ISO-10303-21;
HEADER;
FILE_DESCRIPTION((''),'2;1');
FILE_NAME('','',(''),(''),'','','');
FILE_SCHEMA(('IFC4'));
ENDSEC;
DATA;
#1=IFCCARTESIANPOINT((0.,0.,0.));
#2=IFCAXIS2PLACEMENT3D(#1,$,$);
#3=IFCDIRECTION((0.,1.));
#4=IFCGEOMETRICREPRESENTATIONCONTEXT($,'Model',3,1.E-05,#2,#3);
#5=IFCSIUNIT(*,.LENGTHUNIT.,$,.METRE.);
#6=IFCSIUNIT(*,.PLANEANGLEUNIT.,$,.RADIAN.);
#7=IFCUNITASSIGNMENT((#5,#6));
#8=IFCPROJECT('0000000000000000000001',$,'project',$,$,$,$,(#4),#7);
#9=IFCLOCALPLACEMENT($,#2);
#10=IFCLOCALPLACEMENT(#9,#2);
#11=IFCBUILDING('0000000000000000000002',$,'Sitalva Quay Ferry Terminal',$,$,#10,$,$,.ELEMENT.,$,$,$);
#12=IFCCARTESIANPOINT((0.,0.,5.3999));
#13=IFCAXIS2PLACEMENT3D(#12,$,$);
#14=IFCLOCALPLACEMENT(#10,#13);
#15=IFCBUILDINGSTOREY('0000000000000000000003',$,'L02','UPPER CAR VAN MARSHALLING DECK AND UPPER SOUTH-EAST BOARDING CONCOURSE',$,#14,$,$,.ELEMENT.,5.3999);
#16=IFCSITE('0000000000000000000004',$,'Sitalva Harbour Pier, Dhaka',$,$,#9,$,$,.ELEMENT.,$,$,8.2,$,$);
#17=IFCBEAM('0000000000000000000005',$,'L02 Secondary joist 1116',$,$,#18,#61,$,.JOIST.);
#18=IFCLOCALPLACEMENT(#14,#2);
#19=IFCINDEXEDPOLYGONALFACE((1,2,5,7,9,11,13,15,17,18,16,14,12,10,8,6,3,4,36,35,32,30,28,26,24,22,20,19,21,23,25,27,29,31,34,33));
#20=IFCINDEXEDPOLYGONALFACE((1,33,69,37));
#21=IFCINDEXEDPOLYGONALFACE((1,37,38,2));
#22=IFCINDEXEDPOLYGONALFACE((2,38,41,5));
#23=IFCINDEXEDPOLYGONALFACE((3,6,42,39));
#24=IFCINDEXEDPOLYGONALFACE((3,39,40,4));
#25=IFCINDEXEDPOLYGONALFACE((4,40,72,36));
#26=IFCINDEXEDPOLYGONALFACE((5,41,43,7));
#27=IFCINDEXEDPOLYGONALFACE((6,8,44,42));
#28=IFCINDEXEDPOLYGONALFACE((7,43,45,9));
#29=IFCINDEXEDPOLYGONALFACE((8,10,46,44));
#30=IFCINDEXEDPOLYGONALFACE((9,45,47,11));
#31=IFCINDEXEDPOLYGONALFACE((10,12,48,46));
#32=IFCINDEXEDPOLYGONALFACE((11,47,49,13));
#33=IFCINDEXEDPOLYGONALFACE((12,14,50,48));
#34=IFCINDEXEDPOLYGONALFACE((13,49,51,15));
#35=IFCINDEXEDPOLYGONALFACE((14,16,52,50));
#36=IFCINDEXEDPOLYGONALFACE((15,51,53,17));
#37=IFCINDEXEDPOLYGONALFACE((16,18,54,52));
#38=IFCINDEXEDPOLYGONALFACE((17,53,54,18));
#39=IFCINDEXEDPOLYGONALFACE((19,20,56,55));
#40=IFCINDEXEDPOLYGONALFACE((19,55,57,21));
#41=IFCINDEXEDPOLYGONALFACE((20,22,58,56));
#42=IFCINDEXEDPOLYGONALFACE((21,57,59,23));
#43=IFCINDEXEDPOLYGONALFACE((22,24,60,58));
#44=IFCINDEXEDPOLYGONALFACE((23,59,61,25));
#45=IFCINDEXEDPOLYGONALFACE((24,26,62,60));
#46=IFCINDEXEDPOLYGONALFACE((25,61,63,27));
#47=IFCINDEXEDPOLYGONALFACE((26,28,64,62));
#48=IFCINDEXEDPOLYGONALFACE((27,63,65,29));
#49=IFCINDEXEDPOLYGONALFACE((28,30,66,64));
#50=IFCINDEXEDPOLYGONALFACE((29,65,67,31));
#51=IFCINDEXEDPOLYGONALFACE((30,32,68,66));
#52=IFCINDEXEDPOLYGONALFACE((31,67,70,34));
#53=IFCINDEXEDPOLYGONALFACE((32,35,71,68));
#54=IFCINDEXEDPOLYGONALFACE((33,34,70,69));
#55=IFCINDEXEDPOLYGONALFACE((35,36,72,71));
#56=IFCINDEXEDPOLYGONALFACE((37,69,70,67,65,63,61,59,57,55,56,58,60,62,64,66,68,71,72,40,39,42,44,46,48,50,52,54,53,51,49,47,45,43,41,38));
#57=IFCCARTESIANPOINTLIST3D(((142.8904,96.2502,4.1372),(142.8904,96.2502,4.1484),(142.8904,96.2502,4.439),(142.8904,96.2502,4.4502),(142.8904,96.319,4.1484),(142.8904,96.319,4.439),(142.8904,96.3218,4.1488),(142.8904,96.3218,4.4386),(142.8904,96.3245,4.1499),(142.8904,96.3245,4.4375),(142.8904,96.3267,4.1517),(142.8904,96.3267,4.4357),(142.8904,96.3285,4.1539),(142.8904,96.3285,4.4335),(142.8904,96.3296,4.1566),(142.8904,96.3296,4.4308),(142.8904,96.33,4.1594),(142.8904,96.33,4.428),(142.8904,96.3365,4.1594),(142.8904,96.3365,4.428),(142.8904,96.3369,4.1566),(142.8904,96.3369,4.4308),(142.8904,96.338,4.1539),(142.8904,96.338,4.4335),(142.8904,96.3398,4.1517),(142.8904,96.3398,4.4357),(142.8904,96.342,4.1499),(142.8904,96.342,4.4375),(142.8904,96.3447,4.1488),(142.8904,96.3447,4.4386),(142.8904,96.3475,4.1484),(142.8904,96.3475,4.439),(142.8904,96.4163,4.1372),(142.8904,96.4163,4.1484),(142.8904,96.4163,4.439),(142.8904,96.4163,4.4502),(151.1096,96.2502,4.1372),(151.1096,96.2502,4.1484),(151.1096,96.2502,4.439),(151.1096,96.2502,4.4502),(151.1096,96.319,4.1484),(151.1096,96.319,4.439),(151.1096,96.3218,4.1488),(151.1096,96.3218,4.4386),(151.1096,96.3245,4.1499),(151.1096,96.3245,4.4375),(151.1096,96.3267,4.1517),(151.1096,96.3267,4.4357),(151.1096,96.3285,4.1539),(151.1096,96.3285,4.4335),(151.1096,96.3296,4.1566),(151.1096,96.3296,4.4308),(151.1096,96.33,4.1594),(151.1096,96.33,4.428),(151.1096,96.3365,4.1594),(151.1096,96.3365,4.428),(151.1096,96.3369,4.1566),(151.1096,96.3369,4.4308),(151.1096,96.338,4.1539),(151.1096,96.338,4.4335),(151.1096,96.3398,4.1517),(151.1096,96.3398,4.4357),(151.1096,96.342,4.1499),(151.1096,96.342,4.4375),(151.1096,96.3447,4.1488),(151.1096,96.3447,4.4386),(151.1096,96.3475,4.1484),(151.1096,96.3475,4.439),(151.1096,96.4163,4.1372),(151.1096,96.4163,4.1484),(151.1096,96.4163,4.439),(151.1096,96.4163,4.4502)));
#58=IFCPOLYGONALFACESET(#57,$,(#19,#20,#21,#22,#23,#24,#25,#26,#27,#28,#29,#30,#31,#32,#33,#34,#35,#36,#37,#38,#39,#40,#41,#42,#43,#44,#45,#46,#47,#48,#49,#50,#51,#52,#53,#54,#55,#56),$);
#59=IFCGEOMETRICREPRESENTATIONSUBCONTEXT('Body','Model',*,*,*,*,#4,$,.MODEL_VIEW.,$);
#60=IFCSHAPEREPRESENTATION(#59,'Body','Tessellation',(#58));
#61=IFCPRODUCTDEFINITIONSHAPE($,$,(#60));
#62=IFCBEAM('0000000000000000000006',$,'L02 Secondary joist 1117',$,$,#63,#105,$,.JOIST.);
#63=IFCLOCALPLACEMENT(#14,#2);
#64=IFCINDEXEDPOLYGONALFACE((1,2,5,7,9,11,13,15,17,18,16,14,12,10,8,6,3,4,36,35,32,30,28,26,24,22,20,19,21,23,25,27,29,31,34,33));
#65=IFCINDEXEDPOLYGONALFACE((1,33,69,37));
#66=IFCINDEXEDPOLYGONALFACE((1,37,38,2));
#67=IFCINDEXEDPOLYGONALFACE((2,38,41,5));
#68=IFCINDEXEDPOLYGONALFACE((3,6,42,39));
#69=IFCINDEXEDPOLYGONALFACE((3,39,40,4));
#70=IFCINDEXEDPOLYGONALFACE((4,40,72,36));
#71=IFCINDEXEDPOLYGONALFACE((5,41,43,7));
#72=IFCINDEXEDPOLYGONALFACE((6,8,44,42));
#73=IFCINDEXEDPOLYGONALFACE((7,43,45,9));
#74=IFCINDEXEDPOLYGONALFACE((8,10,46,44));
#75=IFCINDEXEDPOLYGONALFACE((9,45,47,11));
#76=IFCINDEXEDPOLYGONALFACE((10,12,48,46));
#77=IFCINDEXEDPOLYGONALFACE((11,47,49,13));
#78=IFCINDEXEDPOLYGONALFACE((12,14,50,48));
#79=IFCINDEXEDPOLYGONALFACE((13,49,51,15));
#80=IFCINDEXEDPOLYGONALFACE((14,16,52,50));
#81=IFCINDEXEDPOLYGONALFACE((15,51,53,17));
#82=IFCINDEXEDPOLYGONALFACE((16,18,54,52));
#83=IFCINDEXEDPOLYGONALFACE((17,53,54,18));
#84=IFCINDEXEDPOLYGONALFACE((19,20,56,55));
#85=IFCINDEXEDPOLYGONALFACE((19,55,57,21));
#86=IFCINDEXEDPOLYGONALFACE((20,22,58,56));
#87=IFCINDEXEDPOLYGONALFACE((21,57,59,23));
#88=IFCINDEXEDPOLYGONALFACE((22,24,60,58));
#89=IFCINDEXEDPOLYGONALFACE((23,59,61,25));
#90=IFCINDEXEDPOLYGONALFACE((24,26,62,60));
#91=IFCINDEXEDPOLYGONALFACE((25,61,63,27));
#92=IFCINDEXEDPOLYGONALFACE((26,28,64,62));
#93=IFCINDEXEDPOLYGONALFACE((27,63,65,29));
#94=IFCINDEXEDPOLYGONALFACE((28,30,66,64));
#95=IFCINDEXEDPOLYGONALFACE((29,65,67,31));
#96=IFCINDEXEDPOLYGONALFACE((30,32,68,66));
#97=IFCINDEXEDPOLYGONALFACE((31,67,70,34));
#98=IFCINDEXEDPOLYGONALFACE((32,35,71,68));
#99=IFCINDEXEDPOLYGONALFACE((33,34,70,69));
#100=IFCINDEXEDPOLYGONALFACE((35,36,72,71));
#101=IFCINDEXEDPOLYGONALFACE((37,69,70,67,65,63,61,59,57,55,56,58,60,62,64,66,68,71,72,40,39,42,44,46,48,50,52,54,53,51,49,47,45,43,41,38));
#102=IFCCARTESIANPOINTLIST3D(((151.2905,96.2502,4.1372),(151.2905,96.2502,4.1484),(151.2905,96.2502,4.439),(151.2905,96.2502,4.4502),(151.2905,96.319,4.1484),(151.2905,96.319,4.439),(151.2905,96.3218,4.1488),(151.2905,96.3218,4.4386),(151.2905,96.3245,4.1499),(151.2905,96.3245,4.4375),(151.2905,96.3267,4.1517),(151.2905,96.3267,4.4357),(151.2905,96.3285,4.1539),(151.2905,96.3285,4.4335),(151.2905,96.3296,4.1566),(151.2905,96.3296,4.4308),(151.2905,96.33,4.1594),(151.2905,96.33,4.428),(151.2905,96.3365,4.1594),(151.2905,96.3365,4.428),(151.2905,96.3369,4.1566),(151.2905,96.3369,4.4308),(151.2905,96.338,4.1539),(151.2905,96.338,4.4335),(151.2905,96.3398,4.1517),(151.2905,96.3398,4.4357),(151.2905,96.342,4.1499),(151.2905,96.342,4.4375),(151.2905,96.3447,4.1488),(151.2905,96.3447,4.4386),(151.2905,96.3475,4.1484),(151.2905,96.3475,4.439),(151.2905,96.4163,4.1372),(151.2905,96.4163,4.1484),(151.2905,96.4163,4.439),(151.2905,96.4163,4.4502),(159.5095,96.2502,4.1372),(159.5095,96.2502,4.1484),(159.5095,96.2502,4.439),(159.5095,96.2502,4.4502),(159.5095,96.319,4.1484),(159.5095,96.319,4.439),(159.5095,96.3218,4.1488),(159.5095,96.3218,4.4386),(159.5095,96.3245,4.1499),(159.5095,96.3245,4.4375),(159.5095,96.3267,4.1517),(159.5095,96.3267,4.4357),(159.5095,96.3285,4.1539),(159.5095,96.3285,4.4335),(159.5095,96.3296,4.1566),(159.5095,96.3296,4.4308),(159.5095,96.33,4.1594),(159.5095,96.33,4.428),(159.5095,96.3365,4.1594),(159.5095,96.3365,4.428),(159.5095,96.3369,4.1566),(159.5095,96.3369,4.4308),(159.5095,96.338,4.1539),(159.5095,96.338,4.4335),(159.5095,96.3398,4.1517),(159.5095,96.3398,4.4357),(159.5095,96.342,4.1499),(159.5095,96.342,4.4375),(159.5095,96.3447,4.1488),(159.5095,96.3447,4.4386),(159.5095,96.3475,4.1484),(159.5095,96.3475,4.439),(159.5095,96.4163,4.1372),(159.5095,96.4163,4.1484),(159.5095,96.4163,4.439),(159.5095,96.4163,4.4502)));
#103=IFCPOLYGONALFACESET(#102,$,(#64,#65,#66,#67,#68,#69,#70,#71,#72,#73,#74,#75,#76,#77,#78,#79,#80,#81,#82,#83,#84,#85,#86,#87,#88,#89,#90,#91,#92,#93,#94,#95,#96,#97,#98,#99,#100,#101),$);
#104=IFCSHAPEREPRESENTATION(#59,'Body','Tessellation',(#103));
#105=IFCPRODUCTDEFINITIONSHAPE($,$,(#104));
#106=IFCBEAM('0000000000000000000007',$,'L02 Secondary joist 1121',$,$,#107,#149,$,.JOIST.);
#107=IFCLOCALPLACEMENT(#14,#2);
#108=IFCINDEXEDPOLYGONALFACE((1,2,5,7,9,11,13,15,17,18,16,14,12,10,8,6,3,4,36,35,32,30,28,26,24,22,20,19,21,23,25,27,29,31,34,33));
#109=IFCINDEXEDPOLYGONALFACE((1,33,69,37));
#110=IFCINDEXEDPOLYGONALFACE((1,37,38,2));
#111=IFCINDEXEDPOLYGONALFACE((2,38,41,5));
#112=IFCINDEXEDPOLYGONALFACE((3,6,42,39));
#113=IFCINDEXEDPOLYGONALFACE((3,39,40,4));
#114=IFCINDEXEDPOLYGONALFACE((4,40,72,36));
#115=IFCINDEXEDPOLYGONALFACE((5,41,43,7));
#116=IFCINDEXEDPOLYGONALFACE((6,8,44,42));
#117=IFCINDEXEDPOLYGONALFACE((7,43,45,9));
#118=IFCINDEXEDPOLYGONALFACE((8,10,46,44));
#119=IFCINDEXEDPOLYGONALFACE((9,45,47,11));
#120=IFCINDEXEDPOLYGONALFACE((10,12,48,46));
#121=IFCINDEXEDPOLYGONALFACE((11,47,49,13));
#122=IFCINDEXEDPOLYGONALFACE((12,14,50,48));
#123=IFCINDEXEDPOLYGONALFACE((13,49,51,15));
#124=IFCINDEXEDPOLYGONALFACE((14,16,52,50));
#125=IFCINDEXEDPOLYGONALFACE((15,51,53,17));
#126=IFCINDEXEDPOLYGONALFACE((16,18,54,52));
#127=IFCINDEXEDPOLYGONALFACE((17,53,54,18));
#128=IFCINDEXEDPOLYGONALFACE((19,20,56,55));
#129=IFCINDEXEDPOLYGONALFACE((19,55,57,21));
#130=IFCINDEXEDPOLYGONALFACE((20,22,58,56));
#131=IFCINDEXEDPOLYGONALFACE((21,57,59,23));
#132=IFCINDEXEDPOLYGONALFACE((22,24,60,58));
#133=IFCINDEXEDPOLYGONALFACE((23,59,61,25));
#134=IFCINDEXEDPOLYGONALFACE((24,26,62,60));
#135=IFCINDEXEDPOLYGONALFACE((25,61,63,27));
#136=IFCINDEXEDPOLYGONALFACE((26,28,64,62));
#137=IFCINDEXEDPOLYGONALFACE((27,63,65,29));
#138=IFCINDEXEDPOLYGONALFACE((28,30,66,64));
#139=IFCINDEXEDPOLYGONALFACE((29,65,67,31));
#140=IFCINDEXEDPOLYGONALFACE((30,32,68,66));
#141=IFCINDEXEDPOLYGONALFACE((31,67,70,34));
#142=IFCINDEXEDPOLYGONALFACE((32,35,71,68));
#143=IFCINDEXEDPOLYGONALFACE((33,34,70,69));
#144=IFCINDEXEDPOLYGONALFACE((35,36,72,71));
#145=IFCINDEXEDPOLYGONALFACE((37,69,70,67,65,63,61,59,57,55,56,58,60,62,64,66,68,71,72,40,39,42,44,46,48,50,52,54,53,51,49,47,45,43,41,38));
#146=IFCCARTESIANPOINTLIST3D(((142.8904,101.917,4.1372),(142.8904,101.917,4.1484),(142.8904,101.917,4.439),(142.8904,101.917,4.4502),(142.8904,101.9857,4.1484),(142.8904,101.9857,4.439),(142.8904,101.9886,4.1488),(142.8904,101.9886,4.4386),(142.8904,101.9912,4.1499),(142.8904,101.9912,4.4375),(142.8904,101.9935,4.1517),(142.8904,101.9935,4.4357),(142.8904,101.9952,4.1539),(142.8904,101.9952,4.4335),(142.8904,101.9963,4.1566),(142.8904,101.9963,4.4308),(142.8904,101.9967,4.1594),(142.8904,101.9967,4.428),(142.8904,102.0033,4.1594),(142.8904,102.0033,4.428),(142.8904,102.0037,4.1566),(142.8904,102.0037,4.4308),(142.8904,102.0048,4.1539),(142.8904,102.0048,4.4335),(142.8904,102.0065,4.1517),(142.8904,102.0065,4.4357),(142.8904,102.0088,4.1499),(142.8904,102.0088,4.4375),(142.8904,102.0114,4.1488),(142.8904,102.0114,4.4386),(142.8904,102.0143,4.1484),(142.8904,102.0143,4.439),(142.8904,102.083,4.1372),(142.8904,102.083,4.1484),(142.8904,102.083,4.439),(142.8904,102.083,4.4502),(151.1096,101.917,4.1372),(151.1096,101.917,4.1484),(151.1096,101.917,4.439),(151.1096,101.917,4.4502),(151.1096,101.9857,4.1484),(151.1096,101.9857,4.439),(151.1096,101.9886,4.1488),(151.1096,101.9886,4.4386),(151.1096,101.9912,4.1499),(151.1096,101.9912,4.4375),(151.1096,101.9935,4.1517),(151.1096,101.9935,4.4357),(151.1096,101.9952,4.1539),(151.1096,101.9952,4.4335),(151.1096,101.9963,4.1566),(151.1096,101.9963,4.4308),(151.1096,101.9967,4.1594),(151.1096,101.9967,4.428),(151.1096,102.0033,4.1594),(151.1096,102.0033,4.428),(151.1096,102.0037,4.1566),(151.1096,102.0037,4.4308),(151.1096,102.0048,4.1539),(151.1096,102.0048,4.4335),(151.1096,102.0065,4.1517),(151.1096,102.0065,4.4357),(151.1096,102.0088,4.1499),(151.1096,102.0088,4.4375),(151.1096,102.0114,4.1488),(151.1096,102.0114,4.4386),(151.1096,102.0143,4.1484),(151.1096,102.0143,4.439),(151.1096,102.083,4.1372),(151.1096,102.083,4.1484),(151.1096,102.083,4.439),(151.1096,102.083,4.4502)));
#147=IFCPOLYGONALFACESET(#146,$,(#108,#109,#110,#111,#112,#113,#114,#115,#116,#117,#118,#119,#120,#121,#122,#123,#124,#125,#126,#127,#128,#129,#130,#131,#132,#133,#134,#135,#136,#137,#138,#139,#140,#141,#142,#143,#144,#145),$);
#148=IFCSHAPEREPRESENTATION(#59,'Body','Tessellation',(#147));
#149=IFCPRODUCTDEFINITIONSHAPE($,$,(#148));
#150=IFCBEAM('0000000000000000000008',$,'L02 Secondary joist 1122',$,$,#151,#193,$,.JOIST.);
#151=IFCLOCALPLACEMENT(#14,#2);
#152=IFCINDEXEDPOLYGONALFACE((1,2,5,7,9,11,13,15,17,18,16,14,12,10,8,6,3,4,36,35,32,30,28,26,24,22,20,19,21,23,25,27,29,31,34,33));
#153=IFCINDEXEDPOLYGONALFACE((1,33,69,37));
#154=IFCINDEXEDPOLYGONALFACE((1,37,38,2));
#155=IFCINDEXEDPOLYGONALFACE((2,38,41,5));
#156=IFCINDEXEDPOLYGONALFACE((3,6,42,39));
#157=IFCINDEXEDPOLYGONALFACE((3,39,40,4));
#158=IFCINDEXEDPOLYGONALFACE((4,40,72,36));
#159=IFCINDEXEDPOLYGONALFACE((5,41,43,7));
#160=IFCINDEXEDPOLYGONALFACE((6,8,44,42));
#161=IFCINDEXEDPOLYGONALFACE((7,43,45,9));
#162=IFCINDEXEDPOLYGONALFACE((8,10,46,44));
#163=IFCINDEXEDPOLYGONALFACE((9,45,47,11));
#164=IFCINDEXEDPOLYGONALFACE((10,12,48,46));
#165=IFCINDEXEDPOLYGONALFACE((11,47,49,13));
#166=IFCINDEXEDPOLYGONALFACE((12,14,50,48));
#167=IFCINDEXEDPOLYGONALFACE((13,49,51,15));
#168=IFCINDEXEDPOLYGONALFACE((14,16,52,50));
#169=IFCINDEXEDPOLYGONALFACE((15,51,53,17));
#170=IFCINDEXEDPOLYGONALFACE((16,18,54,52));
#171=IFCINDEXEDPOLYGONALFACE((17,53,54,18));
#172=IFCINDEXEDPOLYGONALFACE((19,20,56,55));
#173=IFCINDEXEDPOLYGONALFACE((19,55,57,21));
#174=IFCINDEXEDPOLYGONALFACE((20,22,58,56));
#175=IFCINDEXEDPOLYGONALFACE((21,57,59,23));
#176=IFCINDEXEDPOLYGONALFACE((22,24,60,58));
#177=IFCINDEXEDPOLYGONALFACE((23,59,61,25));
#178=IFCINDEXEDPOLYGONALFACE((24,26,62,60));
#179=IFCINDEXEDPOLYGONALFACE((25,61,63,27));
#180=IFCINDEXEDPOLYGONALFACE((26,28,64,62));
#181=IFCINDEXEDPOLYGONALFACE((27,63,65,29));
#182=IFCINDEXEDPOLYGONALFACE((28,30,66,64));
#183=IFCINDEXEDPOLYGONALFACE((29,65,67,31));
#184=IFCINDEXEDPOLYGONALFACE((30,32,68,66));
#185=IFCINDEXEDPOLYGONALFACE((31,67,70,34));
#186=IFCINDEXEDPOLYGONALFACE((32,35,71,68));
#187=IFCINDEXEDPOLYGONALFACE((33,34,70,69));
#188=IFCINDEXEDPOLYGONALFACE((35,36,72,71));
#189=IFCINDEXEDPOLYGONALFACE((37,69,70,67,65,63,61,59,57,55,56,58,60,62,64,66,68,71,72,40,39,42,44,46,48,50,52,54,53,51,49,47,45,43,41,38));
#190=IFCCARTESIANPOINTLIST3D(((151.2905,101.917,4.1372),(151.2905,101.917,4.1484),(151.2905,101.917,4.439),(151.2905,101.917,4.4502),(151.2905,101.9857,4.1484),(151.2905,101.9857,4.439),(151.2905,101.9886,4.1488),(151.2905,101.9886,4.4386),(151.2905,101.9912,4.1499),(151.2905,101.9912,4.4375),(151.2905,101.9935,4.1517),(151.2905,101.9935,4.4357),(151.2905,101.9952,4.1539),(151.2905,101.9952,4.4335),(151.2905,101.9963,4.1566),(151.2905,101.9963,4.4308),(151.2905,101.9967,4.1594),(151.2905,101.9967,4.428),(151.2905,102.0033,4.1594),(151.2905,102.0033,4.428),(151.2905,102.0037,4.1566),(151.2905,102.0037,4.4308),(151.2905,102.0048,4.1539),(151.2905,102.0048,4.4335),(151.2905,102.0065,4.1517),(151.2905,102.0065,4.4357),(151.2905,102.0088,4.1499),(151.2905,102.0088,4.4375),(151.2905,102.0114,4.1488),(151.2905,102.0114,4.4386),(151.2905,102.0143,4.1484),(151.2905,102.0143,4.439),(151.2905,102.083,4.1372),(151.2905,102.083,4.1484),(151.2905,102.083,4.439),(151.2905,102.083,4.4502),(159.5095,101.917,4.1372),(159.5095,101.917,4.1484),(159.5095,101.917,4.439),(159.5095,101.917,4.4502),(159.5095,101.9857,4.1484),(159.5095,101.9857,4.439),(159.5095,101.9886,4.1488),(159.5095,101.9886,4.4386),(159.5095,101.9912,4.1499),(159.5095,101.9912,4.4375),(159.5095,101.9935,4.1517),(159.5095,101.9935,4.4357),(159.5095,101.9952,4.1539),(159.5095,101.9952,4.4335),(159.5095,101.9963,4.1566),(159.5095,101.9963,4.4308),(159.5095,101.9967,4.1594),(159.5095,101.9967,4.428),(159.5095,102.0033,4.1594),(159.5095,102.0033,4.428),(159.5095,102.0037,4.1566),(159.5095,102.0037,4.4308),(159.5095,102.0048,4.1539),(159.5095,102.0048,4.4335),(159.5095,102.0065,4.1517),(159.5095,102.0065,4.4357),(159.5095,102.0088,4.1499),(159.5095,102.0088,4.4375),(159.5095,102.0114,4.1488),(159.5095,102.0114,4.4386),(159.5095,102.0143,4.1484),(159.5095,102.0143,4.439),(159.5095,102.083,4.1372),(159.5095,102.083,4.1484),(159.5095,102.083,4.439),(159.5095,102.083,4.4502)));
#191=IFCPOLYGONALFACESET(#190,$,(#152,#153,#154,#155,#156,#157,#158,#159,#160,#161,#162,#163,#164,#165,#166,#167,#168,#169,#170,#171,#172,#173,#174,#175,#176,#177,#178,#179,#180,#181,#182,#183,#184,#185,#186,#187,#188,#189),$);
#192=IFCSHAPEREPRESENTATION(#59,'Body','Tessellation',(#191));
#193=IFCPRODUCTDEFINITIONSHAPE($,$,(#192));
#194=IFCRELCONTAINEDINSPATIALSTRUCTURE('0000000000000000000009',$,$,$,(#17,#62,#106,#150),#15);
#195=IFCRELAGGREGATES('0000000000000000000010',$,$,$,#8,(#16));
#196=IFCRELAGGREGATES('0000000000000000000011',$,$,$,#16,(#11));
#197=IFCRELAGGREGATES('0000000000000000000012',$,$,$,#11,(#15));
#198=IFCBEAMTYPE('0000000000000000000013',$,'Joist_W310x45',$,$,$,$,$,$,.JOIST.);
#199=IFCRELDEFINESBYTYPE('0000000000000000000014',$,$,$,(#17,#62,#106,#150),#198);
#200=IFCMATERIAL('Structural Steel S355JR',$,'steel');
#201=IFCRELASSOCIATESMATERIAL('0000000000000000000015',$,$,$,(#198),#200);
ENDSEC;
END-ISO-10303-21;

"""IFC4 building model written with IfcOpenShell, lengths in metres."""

from ifc_helpers import new_model, si_unit, direction, frame, origin, origin_2d, place, context, subcontext, project, spatial, i_section, extrude, material, material_profile, profile_set, type_object, element, save


model = new_model("IFC4")

# Units and contexts
model_context = context("Model", 3, precision=1e-05, world=origin(), true_north=direction((0.0, 1.0)))
body_context = subcontext(model_context, "Body", "Model", "MODEL_VIEW")
ifc_project = project(units=[si_unit("LENGTHUNIT", "METRE"), si_unit("PLANEANGLEUNIT", "RADIAN")], contexts=[model_context])

# Site, building, storey
site_placement = place(None, origin())
site = spatial("IfcSite", under=ifc_project, at=site_placement, Name="Sitalva Harbour Pier, Dhaka", CompositionType="ELEMENT", RefElevation=8.2)
building_placement = place(site_placement, origin())
building = spatial("IfcBuilding", under=site, at=building_placement, Name="Sitalva Quay Ferry Terminal", CompositionType="ELEMENT")
storey_placement = place(building_placement, frame((0.0, 0.0, 5.3999)))
storey = spatial("IfcBuildingStorey", under=building, at=storey_placement, Name="L02", Description="UPPER CAR VAN MARSHALLING DECK AND UPPER SOUTH-EAST BOARDING CONCOURSE", CompositionType="ELEMENT", Elevation=5.3999)

# Beams
ifc_material_1 = material(Name="Structural Steel S355JR", Category="steel")
ifc_material_profile_1 = material_profile(ifc_material_1, i_section(OverallWidth=0.166, OverallDepth=0.313, WebThickness=0.0066, FlangeThickness=0.0112, FilletRadius=0.011, at=origin_2d()), Name="W310x45")
ifc_profile_set_1 = profile_set([ifc_material_profile_1], Name="Structural Steel S355JR")
beam_type_1 = type_object("IfcBeamType", Name="Joist_W310x45", PredefinedType="JOIST", material=ifc_profile_set_1)
beam_1_placement = place(storey_placement, frame((142.8904, 96.3333, 4.2937), z_axis=(1.0, 0.0, 0.0), x_axis=(0.0, 1.0, 0.0)))
element("IfcBeam", 1, at=beam_1_placement, inside=storey, type_object=beam_type_1, Name="L02 Secondary joist 1116", PredefinedType="JOIST", context=body_context, shape_type="SweptSolid", body=[
    extrude(i_section(OverallWidth=0.166, OverallDepth=0.313, WebThickness=0.0066, FlangeThickness=0.0112, FilletRadius=0.011, at=origin_2d()), origin(), (0.0, 0.0, 1.0), 8.2192),
])
beam_2_placement = place(storey_placement, frame((151.2905, 96.3333, 4.2937), z_axis=(1.0, 0.0, 0.0), x_axis=(0.0, 1.0, 0.0)))
element("IfcBeam", 2, at=beam_2_placement, inside=storey, type_object=beam_type_1, Name="L02 Secondary joist 1117", PredefinedType="JOIST", context=body_context, shape_type="SweptSolid", body=[
    extrude(i_section(OverallWidth=0.166, OverallDepth=0.313, WebThickness=0.0066, FlangeThickness=0.0112, FilletRadius=0.011, at=origin_2d()), origin(), (0.0, 0.0, 1.0), 8.219),
])
beam_3_placement = place(storey_placement, frame((142.8904, 102.0, 4.2937), z_axis=(1.0, 0.0, 0.0), x_axis=(0.0, 1.0, 0.0)))
element("IfcBeam", 3, at=beam_3_placement, inside=storey, type_object=beam_type_1, Name="L02 Secondary joist 1121", PredefinedType="JOIST", context=body_context, shape_type="SweptSolid", body=[
    extrude(i_section(OverallWidth=0.166, OverallDepth=0.313, WebThickness=0.0066, FlangeThickness=0.0112, FilletRadius=0.011, at=origin_2d()), origin(), (0.0, 0.0, 1.0), 8.2192),
])
beam_4_placement = place(storey_placement, frame((151.2905, 102.0, 4.2937), z_axis=(1.0, 0.0, 0.0), x_axis=(0.0, 1.0, 0.0)))
element("IfcBeam", 4, at=beam_4_placement, inside=storey, type_object=beam_type_1, Name="L02 Secondary joist 1122", PredefinedType="JOIST", context=body_context, shape_type="SweptSolid", body=[
    extrude(i_section(OverallWidth=0.166, OverallDepth=0.313, WebThickness=0.0066, FlangeThickness=0.0112, FilletRadius=0.011, at=origin_2d()), origin(), (0.0, 0.0, 1.0), 8.219),
])

save(model, "model.ifc")
